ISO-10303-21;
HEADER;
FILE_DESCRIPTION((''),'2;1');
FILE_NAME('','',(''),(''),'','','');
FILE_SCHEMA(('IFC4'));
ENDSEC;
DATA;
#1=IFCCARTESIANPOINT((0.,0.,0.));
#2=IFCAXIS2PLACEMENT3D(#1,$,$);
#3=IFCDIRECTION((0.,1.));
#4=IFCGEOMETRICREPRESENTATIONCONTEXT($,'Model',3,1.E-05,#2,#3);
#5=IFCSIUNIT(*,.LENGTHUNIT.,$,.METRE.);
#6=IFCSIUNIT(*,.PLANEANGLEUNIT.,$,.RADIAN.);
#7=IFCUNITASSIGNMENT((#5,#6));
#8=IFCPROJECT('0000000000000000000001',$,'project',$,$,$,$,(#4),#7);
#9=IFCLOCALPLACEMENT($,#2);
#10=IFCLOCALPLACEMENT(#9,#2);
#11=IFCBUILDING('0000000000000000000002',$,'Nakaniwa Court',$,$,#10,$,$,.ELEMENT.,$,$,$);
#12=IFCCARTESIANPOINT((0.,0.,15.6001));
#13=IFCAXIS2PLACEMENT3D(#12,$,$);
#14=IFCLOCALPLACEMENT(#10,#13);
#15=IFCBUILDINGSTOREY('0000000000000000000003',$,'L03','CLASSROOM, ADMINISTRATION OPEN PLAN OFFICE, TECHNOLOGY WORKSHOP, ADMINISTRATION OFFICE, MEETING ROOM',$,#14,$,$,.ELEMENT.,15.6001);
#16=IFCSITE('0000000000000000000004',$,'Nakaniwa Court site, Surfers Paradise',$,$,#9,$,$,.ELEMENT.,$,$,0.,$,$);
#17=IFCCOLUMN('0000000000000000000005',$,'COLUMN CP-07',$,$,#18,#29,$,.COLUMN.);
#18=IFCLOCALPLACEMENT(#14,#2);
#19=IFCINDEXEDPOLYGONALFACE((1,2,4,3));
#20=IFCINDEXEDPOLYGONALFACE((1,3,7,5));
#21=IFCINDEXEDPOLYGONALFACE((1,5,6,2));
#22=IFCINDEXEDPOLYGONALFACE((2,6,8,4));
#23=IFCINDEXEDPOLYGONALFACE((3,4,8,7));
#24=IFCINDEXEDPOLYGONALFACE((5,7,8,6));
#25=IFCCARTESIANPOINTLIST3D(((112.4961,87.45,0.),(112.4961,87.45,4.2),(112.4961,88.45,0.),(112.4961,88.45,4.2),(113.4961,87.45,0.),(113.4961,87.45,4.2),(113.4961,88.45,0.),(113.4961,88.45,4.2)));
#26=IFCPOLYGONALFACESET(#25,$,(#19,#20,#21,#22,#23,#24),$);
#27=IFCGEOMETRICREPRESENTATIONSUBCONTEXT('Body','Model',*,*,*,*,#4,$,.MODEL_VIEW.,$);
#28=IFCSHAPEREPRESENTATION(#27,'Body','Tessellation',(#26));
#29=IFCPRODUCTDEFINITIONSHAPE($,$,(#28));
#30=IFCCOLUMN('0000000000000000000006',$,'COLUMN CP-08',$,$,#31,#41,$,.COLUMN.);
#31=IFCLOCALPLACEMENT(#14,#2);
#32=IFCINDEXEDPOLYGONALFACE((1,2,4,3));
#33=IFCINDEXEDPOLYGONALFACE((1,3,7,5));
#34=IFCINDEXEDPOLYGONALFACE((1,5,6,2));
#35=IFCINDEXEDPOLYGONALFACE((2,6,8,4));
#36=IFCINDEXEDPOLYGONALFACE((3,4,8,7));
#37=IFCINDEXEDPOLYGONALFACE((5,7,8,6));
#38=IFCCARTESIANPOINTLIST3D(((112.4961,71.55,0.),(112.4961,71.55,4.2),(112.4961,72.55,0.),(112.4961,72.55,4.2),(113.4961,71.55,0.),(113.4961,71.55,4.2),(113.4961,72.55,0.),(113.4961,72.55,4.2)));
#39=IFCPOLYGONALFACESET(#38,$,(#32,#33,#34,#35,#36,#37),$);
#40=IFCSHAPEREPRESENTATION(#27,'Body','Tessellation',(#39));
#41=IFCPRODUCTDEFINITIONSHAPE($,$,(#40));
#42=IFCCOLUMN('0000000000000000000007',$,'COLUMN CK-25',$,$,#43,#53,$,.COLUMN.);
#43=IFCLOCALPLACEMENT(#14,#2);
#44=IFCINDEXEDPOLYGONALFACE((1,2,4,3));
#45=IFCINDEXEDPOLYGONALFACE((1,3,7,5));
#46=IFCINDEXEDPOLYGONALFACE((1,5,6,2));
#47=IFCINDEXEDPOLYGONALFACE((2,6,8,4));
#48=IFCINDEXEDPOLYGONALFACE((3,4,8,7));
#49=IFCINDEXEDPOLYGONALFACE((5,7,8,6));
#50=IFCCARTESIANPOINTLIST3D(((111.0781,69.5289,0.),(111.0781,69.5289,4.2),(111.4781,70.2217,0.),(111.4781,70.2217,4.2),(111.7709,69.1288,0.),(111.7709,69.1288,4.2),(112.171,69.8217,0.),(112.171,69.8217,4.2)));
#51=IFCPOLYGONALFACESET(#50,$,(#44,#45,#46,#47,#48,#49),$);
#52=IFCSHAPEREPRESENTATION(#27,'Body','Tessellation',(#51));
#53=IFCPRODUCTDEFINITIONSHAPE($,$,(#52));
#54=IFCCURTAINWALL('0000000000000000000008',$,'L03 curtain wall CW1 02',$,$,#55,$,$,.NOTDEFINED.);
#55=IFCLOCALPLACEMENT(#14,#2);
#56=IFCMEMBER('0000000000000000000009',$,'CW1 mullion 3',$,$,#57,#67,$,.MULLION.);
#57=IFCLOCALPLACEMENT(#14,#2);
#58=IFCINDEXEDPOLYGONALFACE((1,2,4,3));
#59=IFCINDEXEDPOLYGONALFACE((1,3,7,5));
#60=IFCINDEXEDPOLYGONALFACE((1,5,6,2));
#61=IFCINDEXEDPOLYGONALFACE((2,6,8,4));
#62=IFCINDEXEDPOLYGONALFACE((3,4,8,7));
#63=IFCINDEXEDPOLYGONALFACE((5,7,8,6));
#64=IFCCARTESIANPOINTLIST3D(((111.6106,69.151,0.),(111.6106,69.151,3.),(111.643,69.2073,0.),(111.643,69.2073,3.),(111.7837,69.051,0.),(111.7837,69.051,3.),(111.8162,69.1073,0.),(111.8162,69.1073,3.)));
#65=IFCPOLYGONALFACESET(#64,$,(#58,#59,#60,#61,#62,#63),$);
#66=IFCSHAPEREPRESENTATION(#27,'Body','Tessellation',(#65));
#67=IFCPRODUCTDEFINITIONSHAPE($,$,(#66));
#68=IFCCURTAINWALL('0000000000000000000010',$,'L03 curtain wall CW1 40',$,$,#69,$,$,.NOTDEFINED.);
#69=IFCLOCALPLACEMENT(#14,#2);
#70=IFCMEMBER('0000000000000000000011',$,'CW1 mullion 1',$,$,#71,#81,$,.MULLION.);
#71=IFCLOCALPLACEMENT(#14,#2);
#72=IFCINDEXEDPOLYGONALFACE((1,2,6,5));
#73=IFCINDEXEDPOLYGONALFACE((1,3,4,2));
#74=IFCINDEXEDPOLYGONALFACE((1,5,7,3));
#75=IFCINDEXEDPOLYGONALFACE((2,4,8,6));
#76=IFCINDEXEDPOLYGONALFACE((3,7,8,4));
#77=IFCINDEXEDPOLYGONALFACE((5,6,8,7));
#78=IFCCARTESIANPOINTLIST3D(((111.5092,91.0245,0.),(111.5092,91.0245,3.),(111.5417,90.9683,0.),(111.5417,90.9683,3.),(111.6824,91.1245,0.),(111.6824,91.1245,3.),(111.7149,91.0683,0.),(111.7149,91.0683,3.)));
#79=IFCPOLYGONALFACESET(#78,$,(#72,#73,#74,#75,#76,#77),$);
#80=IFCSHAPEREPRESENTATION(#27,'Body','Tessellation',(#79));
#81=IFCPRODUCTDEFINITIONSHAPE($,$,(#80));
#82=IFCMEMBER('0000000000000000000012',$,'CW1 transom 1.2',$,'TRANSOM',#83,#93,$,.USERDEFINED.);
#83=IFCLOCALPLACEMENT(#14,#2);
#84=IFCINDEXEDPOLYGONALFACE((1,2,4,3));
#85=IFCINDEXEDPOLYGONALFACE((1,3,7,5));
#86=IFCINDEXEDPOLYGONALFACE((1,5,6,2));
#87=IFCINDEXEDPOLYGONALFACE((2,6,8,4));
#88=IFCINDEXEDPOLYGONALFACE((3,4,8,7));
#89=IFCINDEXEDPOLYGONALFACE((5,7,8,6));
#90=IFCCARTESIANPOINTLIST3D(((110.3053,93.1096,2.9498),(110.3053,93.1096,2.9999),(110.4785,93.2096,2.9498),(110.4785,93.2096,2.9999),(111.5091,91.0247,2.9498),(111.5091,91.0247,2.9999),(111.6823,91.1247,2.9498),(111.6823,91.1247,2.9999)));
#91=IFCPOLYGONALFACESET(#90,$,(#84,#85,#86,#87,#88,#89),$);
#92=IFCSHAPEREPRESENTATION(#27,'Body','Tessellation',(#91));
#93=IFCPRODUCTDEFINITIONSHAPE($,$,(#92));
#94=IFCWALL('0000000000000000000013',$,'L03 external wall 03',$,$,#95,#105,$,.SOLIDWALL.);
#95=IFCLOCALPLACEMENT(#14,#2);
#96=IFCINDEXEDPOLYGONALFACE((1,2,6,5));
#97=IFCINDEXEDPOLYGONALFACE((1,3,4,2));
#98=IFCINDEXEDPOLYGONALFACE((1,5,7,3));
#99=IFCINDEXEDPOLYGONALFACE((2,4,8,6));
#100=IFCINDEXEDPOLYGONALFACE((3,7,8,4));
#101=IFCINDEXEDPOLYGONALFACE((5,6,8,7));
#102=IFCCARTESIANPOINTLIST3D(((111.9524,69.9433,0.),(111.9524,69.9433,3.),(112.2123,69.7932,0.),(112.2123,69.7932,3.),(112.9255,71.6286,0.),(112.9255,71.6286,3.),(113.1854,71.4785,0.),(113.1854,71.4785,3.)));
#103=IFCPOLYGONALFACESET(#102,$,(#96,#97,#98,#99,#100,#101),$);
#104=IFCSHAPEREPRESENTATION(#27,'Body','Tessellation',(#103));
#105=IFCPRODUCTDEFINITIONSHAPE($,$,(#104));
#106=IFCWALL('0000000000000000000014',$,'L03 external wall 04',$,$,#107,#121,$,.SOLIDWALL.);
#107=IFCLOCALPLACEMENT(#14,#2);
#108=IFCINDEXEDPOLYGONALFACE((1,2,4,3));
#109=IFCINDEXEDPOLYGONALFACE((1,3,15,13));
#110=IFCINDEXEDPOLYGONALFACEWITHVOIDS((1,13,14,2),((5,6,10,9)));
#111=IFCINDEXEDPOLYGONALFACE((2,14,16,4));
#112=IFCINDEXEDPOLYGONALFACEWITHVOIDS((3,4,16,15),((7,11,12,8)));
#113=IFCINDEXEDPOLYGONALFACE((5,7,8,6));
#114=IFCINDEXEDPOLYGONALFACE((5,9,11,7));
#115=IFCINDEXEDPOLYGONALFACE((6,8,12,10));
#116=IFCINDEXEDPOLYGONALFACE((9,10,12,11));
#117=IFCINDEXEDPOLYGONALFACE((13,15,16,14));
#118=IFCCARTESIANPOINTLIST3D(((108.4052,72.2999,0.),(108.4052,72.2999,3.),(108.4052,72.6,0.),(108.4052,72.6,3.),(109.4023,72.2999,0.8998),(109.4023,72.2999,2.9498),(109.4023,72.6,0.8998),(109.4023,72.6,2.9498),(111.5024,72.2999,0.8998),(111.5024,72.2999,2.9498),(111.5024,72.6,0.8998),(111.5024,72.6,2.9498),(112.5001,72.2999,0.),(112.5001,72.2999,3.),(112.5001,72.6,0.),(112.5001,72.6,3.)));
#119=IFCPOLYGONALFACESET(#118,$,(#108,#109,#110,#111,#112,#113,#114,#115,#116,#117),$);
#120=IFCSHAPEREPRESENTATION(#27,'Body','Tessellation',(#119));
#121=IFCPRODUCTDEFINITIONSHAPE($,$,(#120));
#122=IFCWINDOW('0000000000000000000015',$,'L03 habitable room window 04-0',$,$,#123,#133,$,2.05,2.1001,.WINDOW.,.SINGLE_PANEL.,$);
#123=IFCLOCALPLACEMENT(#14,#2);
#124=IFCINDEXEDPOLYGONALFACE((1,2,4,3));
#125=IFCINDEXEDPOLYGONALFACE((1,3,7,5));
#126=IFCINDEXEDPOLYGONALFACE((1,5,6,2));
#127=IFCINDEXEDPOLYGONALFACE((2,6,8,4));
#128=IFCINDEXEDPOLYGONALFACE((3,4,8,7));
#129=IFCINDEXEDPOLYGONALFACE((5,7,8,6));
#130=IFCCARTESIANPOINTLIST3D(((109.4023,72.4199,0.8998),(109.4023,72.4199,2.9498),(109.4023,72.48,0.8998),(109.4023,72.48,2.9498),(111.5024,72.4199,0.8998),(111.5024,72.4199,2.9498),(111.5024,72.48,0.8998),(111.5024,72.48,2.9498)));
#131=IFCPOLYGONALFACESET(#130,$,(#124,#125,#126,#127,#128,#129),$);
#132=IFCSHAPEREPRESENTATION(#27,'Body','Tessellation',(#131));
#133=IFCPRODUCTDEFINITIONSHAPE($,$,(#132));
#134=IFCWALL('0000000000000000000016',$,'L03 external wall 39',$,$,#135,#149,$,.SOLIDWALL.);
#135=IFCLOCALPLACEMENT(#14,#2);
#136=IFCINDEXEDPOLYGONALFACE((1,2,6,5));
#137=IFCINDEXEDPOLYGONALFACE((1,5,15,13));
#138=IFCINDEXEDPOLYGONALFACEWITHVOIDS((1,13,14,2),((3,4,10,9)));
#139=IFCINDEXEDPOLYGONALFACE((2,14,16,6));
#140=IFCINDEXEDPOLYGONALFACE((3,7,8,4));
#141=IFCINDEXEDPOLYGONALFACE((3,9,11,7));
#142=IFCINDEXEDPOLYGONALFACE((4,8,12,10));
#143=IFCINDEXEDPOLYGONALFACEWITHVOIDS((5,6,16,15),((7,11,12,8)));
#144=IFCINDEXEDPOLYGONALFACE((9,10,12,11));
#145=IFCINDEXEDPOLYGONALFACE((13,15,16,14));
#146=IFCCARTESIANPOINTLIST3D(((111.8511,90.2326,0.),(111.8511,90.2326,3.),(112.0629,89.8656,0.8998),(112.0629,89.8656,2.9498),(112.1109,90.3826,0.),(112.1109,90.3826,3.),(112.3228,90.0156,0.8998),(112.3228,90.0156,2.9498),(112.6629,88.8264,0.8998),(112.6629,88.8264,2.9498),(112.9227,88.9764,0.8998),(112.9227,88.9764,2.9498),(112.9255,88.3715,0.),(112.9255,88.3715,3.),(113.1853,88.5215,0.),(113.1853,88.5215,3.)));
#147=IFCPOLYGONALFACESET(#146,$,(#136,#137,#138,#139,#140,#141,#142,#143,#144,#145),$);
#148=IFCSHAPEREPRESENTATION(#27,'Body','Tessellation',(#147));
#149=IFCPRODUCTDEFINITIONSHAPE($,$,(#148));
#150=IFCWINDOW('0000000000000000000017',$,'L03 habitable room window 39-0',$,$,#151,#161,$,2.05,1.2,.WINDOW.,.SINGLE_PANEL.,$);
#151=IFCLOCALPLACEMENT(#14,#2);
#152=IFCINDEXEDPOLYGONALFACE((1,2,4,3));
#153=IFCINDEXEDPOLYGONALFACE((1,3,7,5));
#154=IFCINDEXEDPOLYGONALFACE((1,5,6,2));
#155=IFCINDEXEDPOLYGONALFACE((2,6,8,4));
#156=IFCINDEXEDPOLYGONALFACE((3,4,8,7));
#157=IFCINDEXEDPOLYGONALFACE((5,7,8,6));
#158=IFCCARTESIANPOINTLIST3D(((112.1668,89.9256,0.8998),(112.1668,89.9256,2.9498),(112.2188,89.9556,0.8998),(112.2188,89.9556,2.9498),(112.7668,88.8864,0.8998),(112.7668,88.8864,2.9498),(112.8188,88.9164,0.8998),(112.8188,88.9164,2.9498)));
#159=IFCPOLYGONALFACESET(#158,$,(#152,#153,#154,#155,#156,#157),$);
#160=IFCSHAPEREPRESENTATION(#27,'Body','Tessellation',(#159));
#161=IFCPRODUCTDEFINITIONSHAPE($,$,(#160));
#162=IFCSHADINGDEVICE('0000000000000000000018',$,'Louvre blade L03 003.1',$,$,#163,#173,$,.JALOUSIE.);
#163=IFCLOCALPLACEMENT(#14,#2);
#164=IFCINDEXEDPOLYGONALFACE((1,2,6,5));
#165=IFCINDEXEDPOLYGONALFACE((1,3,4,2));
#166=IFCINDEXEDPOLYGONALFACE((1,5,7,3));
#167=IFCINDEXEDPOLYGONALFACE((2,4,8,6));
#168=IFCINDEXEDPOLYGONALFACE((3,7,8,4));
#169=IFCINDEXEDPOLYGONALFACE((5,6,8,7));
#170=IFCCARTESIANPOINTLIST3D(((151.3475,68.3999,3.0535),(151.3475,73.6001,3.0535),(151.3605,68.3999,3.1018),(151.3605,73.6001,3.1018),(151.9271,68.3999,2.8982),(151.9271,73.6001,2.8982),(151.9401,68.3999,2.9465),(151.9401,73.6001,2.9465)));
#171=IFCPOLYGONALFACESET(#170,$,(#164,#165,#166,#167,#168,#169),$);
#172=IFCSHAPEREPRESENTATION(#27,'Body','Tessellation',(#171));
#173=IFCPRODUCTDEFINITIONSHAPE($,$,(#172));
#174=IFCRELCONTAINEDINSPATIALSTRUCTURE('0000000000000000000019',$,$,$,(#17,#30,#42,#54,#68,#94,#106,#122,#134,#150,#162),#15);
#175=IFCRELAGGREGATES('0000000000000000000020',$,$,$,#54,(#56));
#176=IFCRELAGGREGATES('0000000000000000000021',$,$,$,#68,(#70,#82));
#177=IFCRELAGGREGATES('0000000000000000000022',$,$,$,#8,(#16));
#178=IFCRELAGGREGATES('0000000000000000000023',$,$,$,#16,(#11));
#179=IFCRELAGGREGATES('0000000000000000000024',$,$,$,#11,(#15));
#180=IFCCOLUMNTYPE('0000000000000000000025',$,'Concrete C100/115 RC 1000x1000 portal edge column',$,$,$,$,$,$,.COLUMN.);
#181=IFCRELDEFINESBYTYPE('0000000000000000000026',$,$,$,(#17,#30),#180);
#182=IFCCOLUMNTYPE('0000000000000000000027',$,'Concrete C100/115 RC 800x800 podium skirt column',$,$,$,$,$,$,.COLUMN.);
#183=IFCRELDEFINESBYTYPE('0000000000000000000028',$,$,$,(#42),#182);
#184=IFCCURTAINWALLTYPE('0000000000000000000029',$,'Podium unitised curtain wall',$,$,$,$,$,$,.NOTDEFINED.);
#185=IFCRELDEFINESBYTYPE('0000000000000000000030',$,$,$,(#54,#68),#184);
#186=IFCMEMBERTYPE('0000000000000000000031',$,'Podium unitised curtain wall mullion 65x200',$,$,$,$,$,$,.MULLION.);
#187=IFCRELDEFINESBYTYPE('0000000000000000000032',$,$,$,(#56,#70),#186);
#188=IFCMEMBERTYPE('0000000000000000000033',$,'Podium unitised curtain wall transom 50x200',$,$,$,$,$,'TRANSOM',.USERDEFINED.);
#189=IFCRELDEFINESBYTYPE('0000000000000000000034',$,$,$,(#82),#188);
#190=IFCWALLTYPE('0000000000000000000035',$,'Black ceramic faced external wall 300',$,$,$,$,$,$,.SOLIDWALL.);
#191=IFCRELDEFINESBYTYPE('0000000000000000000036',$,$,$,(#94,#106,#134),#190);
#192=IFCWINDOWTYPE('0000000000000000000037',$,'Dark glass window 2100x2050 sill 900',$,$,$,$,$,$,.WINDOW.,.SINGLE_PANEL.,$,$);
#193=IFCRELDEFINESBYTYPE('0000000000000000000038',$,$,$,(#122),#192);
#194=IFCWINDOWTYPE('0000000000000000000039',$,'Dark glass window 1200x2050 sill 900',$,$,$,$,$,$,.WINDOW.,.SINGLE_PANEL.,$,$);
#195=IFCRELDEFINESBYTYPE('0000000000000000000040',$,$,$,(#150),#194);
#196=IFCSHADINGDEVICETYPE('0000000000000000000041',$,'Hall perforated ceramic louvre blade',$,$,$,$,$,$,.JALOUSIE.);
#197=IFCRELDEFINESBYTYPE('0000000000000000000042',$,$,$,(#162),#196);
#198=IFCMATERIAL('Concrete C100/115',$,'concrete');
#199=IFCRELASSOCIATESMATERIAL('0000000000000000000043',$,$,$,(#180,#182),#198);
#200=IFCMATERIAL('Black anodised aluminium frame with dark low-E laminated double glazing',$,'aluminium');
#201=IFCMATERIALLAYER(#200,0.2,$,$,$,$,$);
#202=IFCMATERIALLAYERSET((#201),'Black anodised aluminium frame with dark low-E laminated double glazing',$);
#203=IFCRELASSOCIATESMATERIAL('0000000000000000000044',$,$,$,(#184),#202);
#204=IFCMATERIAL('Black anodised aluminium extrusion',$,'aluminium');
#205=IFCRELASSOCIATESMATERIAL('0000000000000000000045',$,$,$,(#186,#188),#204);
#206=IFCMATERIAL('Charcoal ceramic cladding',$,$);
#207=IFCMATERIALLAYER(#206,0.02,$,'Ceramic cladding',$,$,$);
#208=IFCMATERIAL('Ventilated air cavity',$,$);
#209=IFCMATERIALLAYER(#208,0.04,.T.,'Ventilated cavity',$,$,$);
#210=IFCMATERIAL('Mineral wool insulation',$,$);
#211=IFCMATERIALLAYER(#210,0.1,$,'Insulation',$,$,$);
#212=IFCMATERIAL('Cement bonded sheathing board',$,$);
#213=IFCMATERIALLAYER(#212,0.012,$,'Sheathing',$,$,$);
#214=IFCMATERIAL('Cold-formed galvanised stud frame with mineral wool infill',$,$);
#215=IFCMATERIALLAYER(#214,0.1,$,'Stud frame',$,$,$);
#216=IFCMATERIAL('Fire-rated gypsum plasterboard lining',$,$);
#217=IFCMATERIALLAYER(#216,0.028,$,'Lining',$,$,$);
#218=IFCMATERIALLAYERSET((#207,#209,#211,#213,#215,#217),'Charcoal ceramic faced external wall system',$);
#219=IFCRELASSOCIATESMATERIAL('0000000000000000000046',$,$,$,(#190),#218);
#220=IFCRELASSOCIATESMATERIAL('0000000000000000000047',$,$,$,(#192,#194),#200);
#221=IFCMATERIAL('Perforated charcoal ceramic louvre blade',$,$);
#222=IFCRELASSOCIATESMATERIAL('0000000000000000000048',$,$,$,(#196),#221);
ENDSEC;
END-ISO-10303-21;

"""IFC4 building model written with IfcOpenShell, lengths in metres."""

from ifc_helpers import new_model, si_unit, direction, frame, frame_2d, origin, origin_2d, place, context, subcontext, project, spatial, rectangle, extrude, material, layer, layer_set, material_profile, profile_set, type_object, element, fill, aggregate, save


model = new_model("IFC4")

# Units and contexts
model_context = context("Model", 3, precision=1e-05, world=origin(), true_north=direction((0.0, 1.0)))
body_context = subcontext(model_context, "Body", "Model", "MODEL_VIEW")
ifc_project = project(units=[si_unit("LENGTHUNIT", "METRE"), si_unit("PLANEANGLEUNIT", "RADIAN")], contexts=[model_context])

# Site, building, storey
site_placement = place(None, origin())
site = spatial("IfcSite", under=ifc_project, at=site_placement, Name="Nakaniwa Court site, Surfers Paradise", CompositionType="ELEMENT", RefElevation=0.0)
building_placement = place(site_placement, origin())
building = spatial("IfcBuilding", under=site, at=building_placement, Name="Nakaniwa Court", CompositionType="ELEMENT")
storey_placement = place(building_placement, frame((0.0, 0.0, 15.6001)))
storey = spatial("IfcBuildingStorey", under=building, at=storey_placement, Name="L03", Description="CLASSROOM, ADMINISTRATION OPEN PLAN OFFICE, TECHNOLOGY WORKSHOP, ADMINISTRATION OFFICE, MEETING ROOM", CompositionType="ELEMENT", Elevation=15.6001)

# Columns
ifc_material_1 = material(Name="Concrete C100/115", Category="concrete")
ifc_material_profile_1 = material_profile(ifc_material_1, rectangle(XDim=1.0, YDim=1.0, at=origin_2d()), Name="Concrete C100/115 RC 1000x1000 portal edge column")
ifc_profile_set_1 = profile_set([ifc_material_profile_1], Name="Concrete C100/115")
column_type_1 = type_object("IfcColumnType", Name="Concrete C100/115 RC 1000x1000 portal edge column", PredefinedType="COLUMN", material=ifc_profile_set_1)
for number, where, z_axis, x_axis, name in (
    (1, (112.9961, 87.95, 0.0), (0.0, 0.0, 1.0), (1.0, 0.0, 0.0), "COLUMN CP-07"),
    (2, (112.9961, 72.05, 0.0), (0.0, 0.0, 1.0), (1.0, 0.0, 0.0), "COLUMN CP-08"),
):
    element("IfcColumn", number, at=place(storey_placement, frame(where, z_axis=z_axis, x_axis=x_axis)), inside=storey, type_object=column_type_1, Name=name, PredefinedType="COLUMN", context=body_context, shape_type="SweptSolid", body=[
        extrude(rectangle(XDim=1.0, YDim=1.0, at=origin_2d()), origin(), (0.0, 0.0, 1.0), 4.2),
    ])
ifc_material_profile_2 = material_profile(ifc_material_1, rectangle(XDim=0.8, YDim=0.8, at=origin_2d()), Name="Concrete C100/115 RC 800x800 podium skirt column")
ifc_profile_set_2 = profile_set([ifc_material_profile_2], Name="Concrete C100/115")
column_type_2 = type_object("IfcColumnType", Name="Concrete C100/115 RC 800x800 podium skirt column", PredefinedType="COLUMN", material=ifc_profile_set_2)
column_placement = place(storey_placement, frame((111.6245, 69.6753, 0.0), z_axis=(0.0, 0.0, 1.0), x_axis=(0.5, 0.866025, 0.0)))
element("IfcColumn", 3, at=column_placement, inside=storey, type_object=column_type_2, Name="COLUMN CK-25", PredefinedType="COLUMN", context=body_context, shape_type="SweptSolid", body=[
    extrude(rectangle(XDim=0.8, YDim=0.8, at=origin_2d()), origin(), (0.0, 0.0, 1.0), 4.2),
])

# Curtain wall, member
ifc_material_2 = material(Name="Black anodised aluminium frame with dark low-E laminated double glazing", Category="aluminium")
ifc_layer_1 = layer(ifc_material_2, 0.2)
ifc_layer_set_1 = layer_set([ifc_layer_1], Name="Black anodised aluminium frame with dark low-E laminated double glazing")
curtain_wall_type = type_object("IfcCurtainWallType", Name="Podium unitised curtain wall", PredefinedType="NOTDEFINED", material=ifc_layer_set_1)
curtain_wall_1_placement = place(storey_placement, origin())
curtain_wall_1 = element("IfcCurtainWall", 4, at=curtain_wall_1_placement, inside=storey, type_object=curtain_wall_type, Name="L03 curtain wall CW1 02", PredefinedType="NOTDEFINED")
ifc_material_3 = material(Name="Black anodised aluminium extrusion", Category="aluminium")
ifc_material_profile_3 = material_profile(ifc_material_3, rectangle(XDim=0.2, YDim=0.0649, at=origin_2d()), Name="Podium unitised curtain wall mullion 65x200")
ifc_profile_set_3 = profile_set([ifc_material_profile_3], Name="Black anodised aluminium extrusion")
member_type_1 = type_object("IfcMemberType", Name="Podium unitised curtain wall mullion 65x200", PredefinedType="MULLION", material=ifc_profile_set_3)
member_1_placement = place(storey_placement, frame((111.7134, 69.1292, 0.0), z_axis=(0.0, 0.0, 1.0), x_axis=(-0.866024, 0.500003, 0.0)))
member_1 = element("IfcMember", 5, at=member_1_placement, type_object=member_type_1, Name="CW1 mullion 3", PredefinedType="MULLION", context=body_context, shape_type="SweptSolid", body=[
    extrude(rectangle(XDim=0.2, YDim=0.0649, at=origin_2d()), origin(), (0.0, 0.0, 1.0), 3.0),
])
aggregate(curtain_wall_1, [member_1])

# Curtain wall, members
curtain_wall_2_placement = place(storey_placement, origin())
curtain_wall_2 = element("IfcCurtainWall", 6, at=curtain_wall_2_placement, inside=storey, type_object=curtain_wall_type, Name="L03 curtain wall CW1 40", PredefinedType="NOTDEFINED")
member_2_placement = place(storey_placement, frame((111.6121, 91.0464, 0.0), z_axis=(0.0, 0.0, 1.0), x_axis=(-0.866032, -0.499988, 0.0)))
member_2 = element("IfcMember", 7, at=member_2_placement, type_object=member_type_1, Name="CW1 mullion 1", PredefinedType="MULLION", context=body_context, shape_type="SweptSolid", body=[
    extrude(rectangle(XDim=0.2, YDim=0.0649, at=origin_2d()), origin(), (0.0, 0.0, 1.0), 3.0),
])
ifc_material_profile_4 = material_profile(ifc_material_3, rectangle(XDim=0.2, YDim=0.05, at=origin_2d()), Name="Podium unitised curtain wall transom 50x200")
ifc_profile_set_4 = profile_set([ifc_material_profile_4], Name="Black anodised aluminium extrusion")
member_type_2 = type_object("IfcMemberType", Name="Podium unitised curtain wall transom 50x200", ElementType="TRANSOM", PredefinedType="USERDEFINED", material=ifc_profile_set_4)
member_3_placement = place(storey_placement, frame((111.5957, 91.0747, 2.9749), z_axis=(-0.500033, 0.866007, 0.0), x_axis=(-0.866007, -0.500033, 0.0)))
member_3 = element("IfcMember", 8, at=member_3_placement, type_object=member_type_2, Name="CW1 transom 1.2", ObjectType="TRANSOM", PredefinedType="USERDEFINED", context=body_context, shape_type="SweptSolid", body=[
    extrude(rectangle(XDim=0.2, YDim=0.05, at=origin_2d()), origin(), (0.0, 0.0, 1.0), 2.4075),
])
aggregate(curtain_wall_2, [member_2, member_3])

# Wall
ifc_material_4 = material(Name="Charcoal ceramic cladding")
ifc_layer_2 = layer(ifc_material_4, 0.02, Name="Ceramic cladding")
ifc_material_5 = material(Name="Ventilated air cavity")
ifc_layer_3 = layer(ifc_material_5, 0.04, ventilated=True, Name="Ventilated cavity")
ifc_material_6 = material(Name="Mineral wool insulation")
ifc_layer_4 = layer(ifc_material_6, 0.1, Name="Insulation")
ifc_material_7 = material(Name="Cement bonded sheathing board")
ifc_layer_5 = layer(ifc_material_7, 0.012, Name="Sheathing")
ifc_material_8 = material(Name="Cold-formed galvanised stud frame with mineral wool infill")
ifc_layer_6 = layer(ifc_material_8, 0.1, Name="Stud frame")
ifc_material_9 = material(Name="Fire-rated gypsum plasterboard lining")
ifc_layer_7 = layer(ifc_material_9, 0.028, Name="Lining")
ifc_layer_set_2 = layer_set([ifc_layer_2, ifc_layer_3, ifc_layer_4, ifc_layer_5, ifc_layer_6, ifc_layer_7], Name="Charcoal ceramic faced external wall system")
wall_type = type_object("IfcWallType", Name="Black ceramic faced external wall 300", PredefinedType="SOLIDWALL", material=ifc_layer_set_2)
wall_1_placement = place(storey_placement, frame((112.0823, 69.8682, 0.0), z_axis=(0.0, 0.0, 1.0), x_axis=(0.500052, 0.865995, 0.0)))
element("IfcWall", 9, at=wall_1_placement, inside=storey, type_object=wall_type, Name="L03 external wall 03", PredefinedType="SOLIDWALL", context=body_context, shape_type="SweptSolid", body=[
    extrude(rectangle(XDim=1.946, YDim=0.3, at=frame_2d((0.9731, 0.0))), origin(), (0.0, 0.0, 1.0), 3.0),
])

# Walls, openings, windows
wall_2_placement = place(storey_placement, frame((112.5, 72.45, 0.0), z_axis=(0.0, 0.0, 1.0), x_axis=(-1.0, 0.0, 0.0)))
wall_2 = element("IfcWall", 10, at=wall_2_placement, inside=storey, type_object=wall_type, Name="L03 external wall 04", PredefinedType="SOLIDWALL", context=body_context, shape_type="SweptSolid", body=[
    extrude(rectangle(XDim=4.095, YDim=0.3, at=frame_2d((2.0474, 0.0))), origin(), (0.0, 0.0, 1.0), 3.0),
])
opening_1_placement = place(wall_2_placement, frame((0.9976, 0.0, 0.8999)))
opening_1 = element("IfcOpeningElement", 11, at=opening_1_placement, cuts=wall_2, PredefinedType="OPENING", context=body_context, shape_type="SweptSolid", body=[
    extrude(rectangle(XDim=2.1001, YDim=2.05, at=frame_2d((1.05, 1.0249))), frame((0.0, 0.1599, 0.0), z_axis=(0.0, -1.0, 0.0), x_axis=(1.0, 0.0, 0.0)), (0.0, 0.0, 1.0), 0.3201),
])
window_type_1 = type_object("IfcWindowType", Name="Dark glass window 2100x2050 sill 900", PartitioningType="SINGLE_PANEL", PredefinedType="WINDOW", material=ifc_material_2)
window_1_placement = place(opening_1_placement, origin())
window_1 = element("IfcWindow", 12, at=window_1_placement, inside=storey, type_object=window_type_1, Name="L03 habitable room window 04-0", OverallHeight=2.05, OverallWidth=2.1001, PartitioningType="SINGLE_PANEL", PredefinedType="WINDOW", context=body_context, shape_type="SweptSolid", body=[
    extrude(rectangle(XDim=2.1001, YDim=2.05, at=frame_2d((1.05, 1.0249))), frame((0.0, 0.03, 0.0), z_axis=(0.0, -1.0, 0.0), x_axis=(1.0, 0.0, 0.0)), (0.0, 0.0, 1.0), 0.0601),
])
fill(opening_1, window_1)
wall_3_placement = place(storey_placement, frame((113.0554, 88.4465, 0.0), z_axis=(0.0, 0.0, 1.0), x_axis=(-0.499988, 0.866032, 0.0)))
wall_3 = element("IfcWall", 13, at=wall_3_placement, inside=storey, type_object=wall_type, Name="L03 external wall 39", PredefinedType="SOLIDWALL", context=body_context, shape_type="SweptSolid", body=[
    extrude(rectangle(XDim=2.1489, YDim=0.3, at=frame_2d((1.0745, 0.0))), origin(), (0.0, 0.0, 1.0), 3.0),
])
opening_2_placement = place(wall_3_placement, frame((0.5251, 0.0, 0.8999)))
opening_2 = element("IfcOpeningElement", 14, at=opening_2_placement, cuts=wall_3, PredefinedType="OPENING", context=body_context, shape_type="SweptSolid", body=[
    extrude(rectangle(XDim=1.2, YDim=2.05, at=frame_2d((0.6001, 1.0249))), frame((0.0, 0.1599, 0.0), z_axis=(0.0, -1.0, 0.0), x_axis=(1.0, 0.0, 0.0)), (0.0, 0.0, 1.0), 0.3201),
])
window_type_2 = type_object("IfcWindowType", Name="Dark glass window 1200x2050 sill 900", PartitioningType="SINGLE_PANEL", PredefinedType="WINDOW", material=ifc_material_2)
window_2_placement = place(opening_2_placement, origin())
window_2 = element("IfcWindow", 15, at=window_2_placement, inside=storey, type_object=window_type_2, Name="L03 habitable room window 39-0", OverallHeight=2.05, OverallWidth=1.2, PartitioningType="SINGLE_PANEL", PredefinedType="WINDOW", context=body_context, shape_type="SweptSolid", body=[
    extrude(rectangle(XDim=1.2, YDim=2.05, at=frame_2d((0.6001, 1.0249))), frame((0.0, 0.03, 0.0), z_axis=(0.0, -1.0, 0.0), x_axis=(1.0, 0.0, 0.0)), (0.0, 0.0, 1.0), 0.0601),
])
fill(opening_2, window_2)

# Shading device
ifc_material_10 = material(Name="Perforated charcoal ceramic louvre blade")
ifc_material_profile_5 = material_profile(ifc_material_10, rectangle(XDim=0.6001, YDim=0.05, at=origin_2d()), Name="Hall perforated ceramic louvre blade")
ifc_profile_set_5 = profile_set([ifc_material_profile_5], Name="Perforated charcoal ceramic louvre blade")
shading_device_type = type_object("IfcShadingDeviceType", Name="Hall perforated ceramic louvre blade", PredefinedType="JALOUSIE", material=ifc_profile_set_5)
for number, where, z_axis, x_axis, name in (
    (16, (151.6438, 68.3999, 3.0), (0.0, 1.0, 0.0), (-0.965926, 0.0, 0.258819), "Louvre blade L03 003.1"),
):
    element("IfcShadingDevice", number, at=place(storey_placement, frame(where, z_axis=z_axis, x_axis=x_axis)), inside=storey, type_object=shading_device_type, Name=name, PredefinedType="JALOUSIE", context=body_context, shape_type="SweptSolid", body=[
        extrude(rectangle(XDim=0.6001, YDim=0.05, at=origin_2d()), origin(), (0.0, 0.0, 1.0), 5.2002),
    ])

save(model, "model.ifc")
